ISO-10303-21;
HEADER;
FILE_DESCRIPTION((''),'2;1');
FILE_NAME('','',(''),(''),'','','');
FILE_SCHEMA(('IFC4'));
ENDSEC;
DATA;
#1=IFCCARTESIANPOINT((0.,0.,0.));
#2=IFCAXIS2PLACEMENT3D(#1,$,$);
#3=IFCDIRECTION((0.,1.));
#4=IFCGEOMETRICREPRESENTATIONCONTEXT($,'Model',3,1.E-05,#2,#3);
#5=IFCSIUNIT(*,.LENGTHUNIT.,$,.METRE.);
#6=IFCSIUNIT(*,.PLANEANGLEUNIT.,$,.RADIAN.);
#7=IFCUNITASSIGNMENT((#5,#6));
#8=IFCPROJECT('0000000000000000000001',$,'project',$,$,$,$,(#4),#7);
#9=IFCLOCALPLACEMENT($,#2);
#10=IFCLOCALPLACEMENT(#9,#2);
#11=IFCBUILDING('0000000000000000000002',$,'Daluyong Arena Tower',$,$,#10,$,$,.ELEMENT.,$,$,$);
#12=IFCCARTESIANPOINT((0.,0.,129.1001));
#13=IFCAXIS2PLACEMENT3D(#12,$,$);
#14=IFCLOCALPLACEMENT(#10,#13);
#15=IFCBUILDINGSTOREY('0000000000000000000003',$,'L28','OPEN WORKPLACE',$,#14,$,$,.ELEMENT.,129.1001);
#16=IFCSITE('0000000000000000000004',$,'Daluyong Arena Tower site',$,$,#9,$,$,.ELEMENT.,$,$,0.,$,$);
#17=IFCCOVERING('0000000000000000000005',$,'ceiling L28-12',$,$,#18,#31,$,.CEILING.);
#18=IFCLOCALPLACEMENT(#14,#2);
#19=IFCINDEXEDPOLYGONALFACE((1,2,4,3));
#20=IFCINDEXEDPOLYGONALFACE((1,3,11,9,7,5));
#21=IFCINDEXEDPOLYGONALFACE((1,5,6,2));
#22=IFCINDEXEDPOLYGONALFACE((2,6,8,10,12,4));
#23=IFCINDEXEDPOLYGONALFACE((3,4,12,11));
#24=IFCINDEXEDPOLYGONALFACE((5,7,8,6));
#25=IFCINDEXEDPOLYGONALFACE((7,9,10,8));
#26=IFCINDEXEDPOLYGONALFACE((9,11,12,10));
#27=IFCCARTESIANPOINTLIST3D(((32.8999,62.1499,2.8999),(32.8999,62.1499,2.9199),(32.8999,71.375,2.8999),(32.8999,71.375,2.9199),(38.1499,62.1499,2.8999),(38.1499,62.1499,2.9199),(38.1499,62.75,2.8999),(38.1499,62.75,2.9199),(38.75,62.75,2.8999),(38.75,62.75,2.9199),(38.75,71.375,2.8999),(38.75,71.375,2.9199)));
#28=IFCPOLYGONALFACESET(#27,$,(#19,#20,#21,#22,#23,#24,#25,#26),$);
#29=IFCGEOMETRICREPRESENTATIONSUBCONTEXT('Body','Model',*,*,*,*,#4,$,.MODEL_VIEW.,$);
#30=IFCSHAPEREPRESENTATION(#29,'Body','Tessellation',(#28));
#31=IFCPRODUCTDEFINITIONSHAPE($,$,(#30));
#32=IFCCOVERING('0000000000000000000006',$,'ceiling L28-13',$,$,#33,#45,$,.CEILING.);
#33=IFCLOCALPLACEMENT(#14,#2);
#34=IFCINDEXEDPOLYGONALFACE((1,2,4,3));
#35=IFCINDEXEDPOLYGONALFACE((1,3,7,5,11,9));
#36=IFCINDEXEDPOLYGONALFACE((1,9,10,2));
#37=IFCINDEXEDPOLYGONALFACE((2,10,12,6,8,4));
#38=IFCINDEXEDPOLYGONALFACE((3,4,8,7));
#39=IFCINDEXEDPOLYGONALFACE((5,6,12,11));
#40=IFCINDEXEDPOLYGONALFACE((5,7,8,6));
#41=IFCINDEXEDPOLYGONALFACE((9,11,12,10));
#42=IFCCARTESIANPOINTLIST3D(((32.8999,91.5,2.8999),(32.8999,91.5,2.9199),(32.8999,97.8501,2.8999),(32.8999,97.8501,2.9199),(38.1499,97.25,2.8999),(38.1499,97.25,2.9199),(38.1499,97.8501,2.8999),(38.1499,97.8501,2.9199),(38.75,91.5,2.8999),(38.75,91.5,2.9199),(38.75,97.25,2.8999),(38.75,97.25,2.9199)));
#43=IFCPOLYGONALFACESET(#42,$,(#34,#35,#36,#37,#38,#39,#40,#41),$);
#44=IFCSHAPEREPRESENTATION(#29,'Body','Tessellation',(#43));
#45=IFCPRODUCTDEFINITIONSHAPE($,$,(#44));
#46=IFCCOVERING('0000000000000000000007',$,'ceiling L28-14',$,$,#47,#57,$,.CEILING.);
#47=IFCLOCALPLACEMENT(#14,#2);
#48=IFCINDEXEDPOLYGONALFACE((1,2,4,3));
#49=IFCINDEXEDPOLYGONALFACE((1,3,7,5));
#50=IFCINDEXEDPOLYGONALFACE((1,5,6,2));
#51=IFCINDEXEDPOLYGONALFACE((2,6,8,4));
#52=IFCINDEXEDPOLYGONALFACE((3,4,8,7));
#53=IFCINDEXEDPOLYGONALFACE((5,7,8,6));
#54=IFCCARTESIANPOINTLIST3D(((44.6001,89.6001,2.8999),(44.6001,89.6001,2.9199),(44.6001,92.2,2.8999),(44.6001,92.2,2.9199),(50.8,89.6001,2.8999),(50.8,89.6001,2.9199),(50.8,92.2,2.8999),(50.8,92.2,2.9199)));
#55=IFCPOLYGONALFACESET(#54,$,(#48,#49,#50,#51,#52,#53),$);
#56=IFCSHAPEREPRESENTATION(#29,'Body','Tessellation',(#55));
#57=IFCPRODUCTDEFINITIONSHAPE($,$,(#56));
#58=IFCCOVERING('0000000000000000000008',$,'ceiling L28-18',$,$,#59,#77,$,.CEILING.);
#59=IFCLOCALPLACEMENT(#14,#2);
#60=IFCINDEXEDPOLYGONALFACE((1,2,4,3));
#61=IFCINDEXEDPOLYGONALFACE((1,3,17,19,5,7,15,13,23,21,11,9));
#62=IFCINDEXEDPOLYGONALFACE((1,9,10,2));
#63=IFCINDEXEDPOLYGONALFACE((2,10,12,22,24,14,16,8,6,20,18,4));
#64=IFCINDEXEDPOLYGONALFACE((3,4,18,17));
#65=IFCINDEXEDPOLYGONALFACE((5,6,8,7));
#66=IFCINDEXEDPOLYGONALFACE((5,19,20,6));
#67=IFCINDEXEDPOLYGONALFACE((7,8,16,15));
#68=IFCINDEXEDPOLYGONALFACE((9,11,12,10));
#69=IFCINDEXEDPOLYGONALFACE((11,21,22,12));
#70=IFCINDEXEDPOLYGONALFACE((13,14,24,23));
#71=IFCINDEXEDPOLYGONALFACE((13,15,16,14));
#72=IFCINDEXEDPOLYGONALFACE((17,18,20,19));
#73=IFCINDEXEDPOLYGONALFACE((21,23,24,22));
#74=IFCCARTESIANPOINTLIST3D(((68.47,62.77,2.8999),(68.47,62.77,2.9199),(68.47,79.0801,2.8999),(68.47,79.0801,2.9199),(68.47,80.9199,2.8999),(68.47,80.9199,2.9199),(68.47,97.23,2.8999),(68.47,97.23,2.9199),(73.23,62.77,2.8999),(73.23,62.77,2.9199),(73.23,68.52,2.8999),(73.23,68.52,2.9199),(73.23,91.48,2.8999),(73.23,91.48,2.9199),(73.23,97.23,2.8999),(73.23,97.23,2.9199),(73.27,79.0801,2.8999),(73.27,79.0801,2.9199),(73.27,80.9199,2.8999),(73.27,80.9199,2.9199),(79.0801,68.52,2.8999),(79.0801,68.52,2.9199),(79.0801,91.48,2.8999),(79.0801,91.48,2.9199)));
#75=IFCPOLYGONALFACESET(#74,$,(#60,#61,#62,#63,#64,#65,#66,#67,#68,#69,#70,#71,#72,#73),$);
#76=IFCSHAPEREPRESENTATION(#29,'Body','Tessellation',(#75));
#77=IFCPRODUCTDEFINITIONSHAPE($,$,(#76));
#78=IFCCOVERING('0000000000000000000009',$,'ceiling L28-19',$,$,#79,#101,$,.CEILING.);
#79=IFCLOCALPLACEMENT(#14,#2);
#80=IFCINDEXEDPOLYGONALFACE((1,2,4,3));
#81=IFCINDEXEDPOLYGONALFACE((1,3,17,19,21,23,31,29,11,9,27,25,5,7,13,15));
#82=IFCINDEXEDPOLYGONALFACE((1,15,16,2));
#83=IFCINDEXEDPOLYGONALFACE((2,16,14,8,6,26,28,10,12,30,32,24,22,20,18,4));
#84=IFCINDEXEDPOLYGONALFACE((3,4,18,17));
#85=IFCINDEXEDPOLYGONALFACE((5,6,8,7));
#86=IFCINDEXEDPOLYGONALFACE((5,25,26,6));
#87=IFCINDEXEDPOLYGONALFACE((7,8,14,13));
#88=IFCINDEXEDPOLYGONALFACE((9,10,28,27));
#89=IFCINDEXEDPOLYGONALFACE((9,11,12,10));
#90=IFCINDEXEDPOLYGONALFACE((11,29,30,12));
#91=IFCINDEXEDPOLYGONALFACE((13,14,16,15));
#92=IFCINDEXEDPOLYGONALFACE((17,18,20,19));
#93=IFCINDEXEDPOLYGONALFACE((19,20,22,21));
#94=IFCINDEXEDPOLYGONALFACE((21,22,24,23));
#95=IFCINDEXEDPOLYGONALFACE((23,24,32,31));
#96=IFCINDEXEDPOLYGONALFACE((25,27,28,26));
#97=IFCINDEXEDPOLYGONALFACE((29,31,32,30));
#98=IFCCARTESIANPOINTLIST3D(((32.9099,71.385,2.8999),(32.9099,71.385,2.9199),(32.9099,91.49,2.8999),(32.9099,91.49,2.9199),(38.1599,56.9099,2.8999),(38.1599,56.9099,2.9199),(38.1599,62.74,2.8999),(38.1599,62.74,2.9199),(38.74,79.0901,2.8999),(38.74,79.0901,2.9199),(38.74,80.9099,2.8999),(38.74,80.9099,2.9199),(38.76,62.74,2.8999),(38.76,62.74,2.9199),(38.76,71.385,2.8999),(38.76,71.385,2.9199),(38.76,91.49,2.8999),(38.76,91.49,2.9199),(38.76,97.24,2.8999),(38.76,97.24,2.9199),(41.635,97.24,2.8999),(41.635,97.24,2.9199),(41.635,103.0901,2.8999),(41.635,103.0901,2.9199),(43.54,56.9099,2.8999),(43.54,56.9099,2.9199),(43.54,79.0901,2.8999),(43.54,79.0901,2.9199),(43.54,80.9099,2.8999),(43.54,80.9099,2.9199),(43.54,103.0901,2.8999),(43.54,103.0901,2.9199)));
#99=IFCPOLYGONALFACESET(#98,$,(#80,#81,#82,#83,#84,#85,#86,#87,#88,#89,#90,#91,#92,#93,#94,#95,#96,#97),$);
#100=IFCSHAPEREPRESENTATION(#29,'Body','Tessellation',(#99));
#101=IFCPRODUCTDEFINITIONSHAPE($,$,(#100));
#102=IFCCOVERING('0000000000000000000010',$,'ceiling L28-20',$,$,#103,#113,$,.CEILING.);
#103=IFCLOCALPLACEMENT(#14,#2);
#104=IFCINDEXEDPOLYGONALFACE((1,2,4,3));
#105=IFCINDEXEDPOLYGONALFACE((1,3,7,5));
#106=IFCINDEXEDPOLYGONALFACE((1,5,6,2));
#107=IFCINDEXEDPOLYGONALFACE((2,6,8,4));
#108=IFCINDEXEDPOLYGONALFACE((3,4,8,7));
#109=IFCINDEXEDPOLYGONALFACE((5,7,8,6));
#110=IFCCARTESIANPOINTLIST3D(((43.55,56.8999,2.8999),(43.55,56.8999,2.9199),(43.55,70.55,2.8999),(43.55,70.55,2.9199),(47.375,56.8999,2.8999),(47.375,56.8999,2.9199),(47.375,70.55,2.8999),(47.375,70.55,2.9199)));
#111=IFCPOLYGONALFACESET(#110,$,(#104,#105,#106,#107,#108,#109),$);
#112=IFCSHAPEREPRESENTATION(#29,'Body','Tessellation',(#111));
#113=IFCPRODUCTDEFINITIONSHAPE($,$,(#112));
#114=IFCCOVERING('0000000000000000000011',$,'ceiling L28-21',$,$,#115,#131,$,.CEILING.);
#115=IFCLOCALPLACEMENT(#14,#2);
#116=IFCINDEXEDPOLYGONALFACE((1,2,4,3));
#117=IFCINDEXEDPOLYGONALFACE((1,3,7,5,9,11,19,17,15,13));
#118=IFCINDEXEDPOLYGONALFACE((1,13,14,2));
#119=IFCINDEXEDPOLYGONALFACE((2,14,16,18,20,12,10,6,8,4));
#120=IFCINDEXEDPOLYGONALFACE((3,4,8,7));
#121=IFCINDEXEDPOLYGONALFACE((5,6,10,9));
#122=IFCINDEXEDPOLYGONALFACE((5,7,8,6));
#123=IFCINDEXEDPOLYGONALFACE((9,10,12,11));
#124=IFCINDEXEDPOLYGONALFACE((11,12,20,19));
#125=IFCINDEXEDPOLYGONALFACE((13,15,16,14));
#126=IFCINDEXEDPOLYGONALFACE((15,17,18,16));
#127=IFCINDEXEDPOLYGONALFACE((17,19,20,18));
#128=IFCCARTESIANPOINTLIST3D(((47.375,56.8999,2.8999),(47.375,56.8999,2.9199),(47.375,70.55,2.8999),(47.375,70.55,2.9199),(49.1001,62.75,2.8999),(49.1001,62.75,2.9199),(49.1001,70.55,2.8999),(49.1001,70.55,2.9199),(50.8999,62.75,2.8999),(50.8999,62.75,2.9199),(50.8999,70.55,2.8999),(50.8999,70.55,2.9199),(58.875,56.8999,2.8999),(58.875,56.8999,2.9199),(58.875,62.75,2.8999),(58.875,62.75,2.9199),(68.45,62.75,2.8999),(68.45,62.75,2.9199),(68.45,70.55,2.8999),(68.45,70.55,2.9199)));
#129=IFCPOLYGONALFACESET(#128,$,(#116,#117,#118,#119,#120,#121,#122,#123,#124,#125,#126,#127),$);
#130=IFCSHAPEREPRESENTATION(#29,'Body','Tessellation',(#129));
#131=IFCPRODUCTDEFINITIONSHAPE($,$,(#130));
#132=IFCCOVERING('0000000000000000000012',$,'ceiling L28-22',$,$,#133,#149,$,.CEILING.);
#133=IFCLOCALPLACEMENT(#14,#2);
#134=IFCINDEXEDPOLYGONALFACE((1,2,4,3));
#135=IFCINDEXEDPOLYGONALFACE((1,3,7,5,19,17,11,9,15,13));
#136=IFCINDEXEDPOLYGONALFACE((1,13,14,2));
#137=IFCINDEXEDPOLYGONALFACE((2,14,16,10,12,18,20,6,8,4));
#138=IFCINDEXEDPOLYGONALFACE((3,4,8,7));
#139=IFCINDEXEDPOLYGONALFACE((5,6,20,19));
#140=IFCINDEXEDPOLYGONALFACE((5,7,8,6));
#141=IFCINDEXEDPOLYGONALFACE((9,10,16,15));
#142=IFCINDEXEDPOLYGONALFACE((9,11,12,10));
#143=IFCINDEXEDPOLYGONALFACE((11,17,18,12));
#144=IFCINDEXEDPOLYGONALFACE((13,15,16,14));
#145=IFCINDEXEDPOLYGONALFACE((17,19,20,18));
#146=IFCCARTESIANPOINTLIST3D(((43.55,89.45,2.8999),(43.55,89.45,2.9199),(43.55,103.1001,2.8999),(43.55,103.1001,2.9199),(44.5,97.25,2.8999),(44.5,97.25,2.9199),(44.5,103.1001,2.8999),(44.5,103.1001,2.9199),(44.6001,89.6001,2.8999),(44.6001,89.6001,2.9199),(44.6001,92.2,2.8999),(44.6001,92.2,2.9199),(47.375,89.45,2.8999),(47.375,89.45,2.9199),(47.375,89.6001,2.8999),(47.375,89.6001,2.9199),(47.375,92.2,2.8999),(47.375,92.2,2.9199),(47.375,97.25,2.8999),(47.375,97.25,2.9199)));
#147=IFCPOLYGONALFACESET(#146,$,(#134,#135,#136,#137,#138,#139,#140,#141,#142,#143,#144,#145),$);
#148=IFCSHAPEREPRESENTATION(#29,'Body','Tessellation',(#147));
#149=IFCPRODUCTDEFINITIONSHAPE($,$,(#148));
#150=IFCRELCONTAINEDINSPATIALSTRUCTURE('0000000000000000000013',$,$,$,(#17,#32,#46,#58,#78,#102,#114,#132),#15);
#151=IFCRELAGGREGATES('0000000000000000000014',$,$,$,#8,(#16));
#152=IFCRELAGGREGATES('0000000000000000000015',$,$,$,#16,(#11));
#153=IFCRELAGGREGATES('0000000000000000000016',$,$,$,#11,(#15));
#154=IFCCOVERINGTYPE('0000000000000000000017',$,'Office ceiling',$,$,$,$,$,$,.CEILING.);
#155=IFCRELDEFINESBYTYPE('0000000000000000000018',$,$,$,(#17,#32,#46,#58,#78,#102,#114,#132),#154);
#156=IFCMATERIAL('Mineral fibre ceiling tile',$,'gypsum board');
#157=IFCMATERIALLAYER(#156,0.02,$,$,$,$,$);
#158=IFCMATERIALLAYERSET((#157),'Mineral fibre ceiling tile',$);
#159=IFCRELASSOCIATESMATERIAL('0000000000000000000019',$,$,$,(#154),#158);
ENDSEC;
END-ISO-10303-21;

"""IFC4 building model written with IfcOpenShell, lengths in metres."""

from ifc_helpers import new_model, si_unit, direction, frame, origin, place, context, subcontext, project, spatial, polyline, outline, extrude, material, layer, layer_set, type_object, element, save


model = new_model("IFC4")

# Units and contexts
model_context = context("Model", 3, precision=1e-05, world=origin(), true_north=direction((0.0, 1.0)))
body_context = subcontext(model_context, "Body", "Model", "MODEL_VIEW")
ifc_project = project(units=[si_unit("LENGTHUNIT", "METRE"), si_unit("PLANEANGLEUNIT", "RADIAN")], contexts=[model_context])

# Site, building, storey
site_placement = place(None, origin())
site = spatial("IfcSite", under=ifc_project, at=site_placement, Name="Daluyong Arena Tower site", CompositionType="ELEMENT", RefElevation=0.0)
building_placement = place(site_placement, origin())
building = spatial("IfcBuilding", under=site, at=building_placement, Name="Daluyong Arena Tower", CompositionType="ELEMENT")
storey_placement = place(building_placement, frame((0.0, 0.0, 129.1001)))
storey = spatial("IfcBuildingStorey", under=building, at=storey_placement, Name="L28", Description="OPEN WORKPLACE", CompositionType="ELEMENT", Elevation=129.1001)

# Coverings
ifc_material_1 = material(Name="Mineral fibre ceiling tile", Category="gypsum board")
ifc_layer_1 = layer(ifc_material_1, 0.02)
ifc_layer_set_1 = layer_set([ifc_layer_1], Name="Mineral fibre ceiling tile")
covering_type = type_object("IfcCoveringType", Name="Office ceiling", PredefinedType="CEILING", material=ifc_layer_set_1)
covering_1_placement = place(storey_placement, frame((0.0, 0.0, 2.8999)))
element("IfcCovering", 1, at=covering_1_placement, inside=storey, type_object=covering_type, Name="ceiling L28-12", PredefinedType="CEILING", context=body_context, shape_type="SweptSolid", body=[
    extrude(outline(polyline([(32.8999, 62.1499), (38.1499, 62.1499), (38.1499, 62.75), (38.75, 62.75), (38.75, 71.375), (32.8999, 71.375), (32.8999, 62.1499)])), origin(), (0.0, 0.0, 1.0), 0.02),
])
covering_2_placement = place(storey_placement, frame((0.0, 0.0, 2.8999)))
element("IfcCovering", 2, at=covering_2_placement, inside=storey, type_object=covering_type, Name="ceiling L28-13", PredefinedType="CEILING", context=body_context, shape_type="SweptSolid", body=[
    extrude(outline(polyline([(38.75, 91.5), (38.75, 97.25), (38.1499, 97.25), (38.1499, 97.8501), (32.8999, 97.8501), (32.8999, 91.5), (38.75, 91.5)])), origin(), (0.0, 0.0, 1.0), 0.02),
])
covering_3_placement = place(storey_placement, frame((0.0, 0.0, 2.8999)))
element("IfcCovering", 3, at=covering_3_placement, inside=storey, type_object=covering_type, Name="ceiling L28-14", PredefinedType="CEILING", context=body_context, shape_type="SweptSolid", body=[
    extrude(outline(polyline([(44.6001, 89.6001), (50.8, 89.6001), (50.8, 92.2), (44.6001, 92.2), (44.6001, 89.6001)])), origin(), (0.0, 0.0, 1.0), 0.02),
])
covering_4_placement = place(storey_placement, frame((0.0, 0.0, 2.8999)))
element("IfcCovering", 4, at=covering_4_placement, inside=storey, type_object=covering_type, Name="ceiling L28-18", PredefinedType="CEILING", context=body_context, shape_type="SweptSolid", body=[
    extrude(outline(polyline([(68.47, 79.0801), (68.47, 62.77), (73.23, 62.77), (73.23, 68.52), (79.0801, 68.52), (79.0801, 91.48), (73.23, 91.48), (73.23, 97.23), (68.47, 97.23), (68.47, 80.9199), (73.27, 80.9199), (73.27, 79.0801), (68.47, 79.0801)])), origin(), (0.0, 0.0, 1.0), 0.02),
])
covering_5_placement = place(storey_placement, frame((0.0, 0.0, 2.8999)))
element("IfcCovering", 5, at=covering_5_placement, inside=storey, type_object=covering_type, Name="ceiling L28-19", PredefinedType="CEILING", context=body_context, shape_type="SweptSolid", body=[
    extrude(outline(polyline([(38.76, 97.24), (38.76, 91.49), (32.9099, 91.49), (32.9099, 71.385), (38.76, 71.385), (38.76, 62.74), (38.1599, 62.74), (38.1599, 56.9099), (43.54, 56.9099), (43.54, 79.0901), (38.74, 79.0901), (38.74, 80.9099), (43.54, 80.9099), (43.54, 103.0901), (41.635, 103.0901), (41.635, 97.24), (38.76, 97.24)])), origin(), (0.0, 0.0, 1.0), 0.02),
])
covering_6_placement = place(storey_placement, frame((0.0, 0.0, 2.8999)))
element("IfcCovering", 6, at=covering_6_placement, inside=storey, type_object=covering_type, Name="ceiling L28-20", PredefinedType="CEILING", context=body_context, shape_type="SweptSolid", body=[
    extrude(outline(polyline([(43.55, 56.8999), (47.375, 56.8999), (47.375, 70.55), (43.55, 70.55), (43.55, 56.8999)])), origin(), (0.0, 0.0, 1.0), 0.02),
])
covering_7_placement = place(storey_placement, frame((0.0, 0.0, 2.8999)))
element("IfcCovering", 7, at=covering_7_placement, inside=storey, type_object=covering_type, Name="ceiling L28-21", PredefinedType="CEILING", context=body_context, shape_type="SweptSolid", body=[
    extrude(outline(polyline([(68.45, 62.75), (68.45, 70.55), (50.8999, 70.55), (50.8999, 62.75), (49.1001, 62.75), (49.1001, 70.55), (47.375, 70.55), (47.375, 56.8999), (58.875, 56.8999), (58.875, 62.75), (68.45, 62.75)])), origin(), (0.0, 0.0, 1.0), 0.02),
])
covering_8_placement = place(storey_placement, frame((0.0, 0.0, 2.8999)))
element("IfcCovering", 8, at=covering_8_placement, inside=storey, type_object=covering_type, Name="ceiling L28-22", PredefinedType="CEILING", context=body_context, shape_type="SweptSolid", body=[
    extrude(outline(polyline([(44.5, 103.1001), (43.55, 103.1001), (43.55, 89.45), (47.375, 89.45), (47.375, 89.6001), (44.6001, 89.6001), (44.6001, 92.2), (47.375, 92.2), (47.375, 97.25), (44.5, 97.25), (44.5, 103.1001)])), origin(), (0.0, 0.0, 1.0), 0.02),
])

save(model, "model.ifc")
